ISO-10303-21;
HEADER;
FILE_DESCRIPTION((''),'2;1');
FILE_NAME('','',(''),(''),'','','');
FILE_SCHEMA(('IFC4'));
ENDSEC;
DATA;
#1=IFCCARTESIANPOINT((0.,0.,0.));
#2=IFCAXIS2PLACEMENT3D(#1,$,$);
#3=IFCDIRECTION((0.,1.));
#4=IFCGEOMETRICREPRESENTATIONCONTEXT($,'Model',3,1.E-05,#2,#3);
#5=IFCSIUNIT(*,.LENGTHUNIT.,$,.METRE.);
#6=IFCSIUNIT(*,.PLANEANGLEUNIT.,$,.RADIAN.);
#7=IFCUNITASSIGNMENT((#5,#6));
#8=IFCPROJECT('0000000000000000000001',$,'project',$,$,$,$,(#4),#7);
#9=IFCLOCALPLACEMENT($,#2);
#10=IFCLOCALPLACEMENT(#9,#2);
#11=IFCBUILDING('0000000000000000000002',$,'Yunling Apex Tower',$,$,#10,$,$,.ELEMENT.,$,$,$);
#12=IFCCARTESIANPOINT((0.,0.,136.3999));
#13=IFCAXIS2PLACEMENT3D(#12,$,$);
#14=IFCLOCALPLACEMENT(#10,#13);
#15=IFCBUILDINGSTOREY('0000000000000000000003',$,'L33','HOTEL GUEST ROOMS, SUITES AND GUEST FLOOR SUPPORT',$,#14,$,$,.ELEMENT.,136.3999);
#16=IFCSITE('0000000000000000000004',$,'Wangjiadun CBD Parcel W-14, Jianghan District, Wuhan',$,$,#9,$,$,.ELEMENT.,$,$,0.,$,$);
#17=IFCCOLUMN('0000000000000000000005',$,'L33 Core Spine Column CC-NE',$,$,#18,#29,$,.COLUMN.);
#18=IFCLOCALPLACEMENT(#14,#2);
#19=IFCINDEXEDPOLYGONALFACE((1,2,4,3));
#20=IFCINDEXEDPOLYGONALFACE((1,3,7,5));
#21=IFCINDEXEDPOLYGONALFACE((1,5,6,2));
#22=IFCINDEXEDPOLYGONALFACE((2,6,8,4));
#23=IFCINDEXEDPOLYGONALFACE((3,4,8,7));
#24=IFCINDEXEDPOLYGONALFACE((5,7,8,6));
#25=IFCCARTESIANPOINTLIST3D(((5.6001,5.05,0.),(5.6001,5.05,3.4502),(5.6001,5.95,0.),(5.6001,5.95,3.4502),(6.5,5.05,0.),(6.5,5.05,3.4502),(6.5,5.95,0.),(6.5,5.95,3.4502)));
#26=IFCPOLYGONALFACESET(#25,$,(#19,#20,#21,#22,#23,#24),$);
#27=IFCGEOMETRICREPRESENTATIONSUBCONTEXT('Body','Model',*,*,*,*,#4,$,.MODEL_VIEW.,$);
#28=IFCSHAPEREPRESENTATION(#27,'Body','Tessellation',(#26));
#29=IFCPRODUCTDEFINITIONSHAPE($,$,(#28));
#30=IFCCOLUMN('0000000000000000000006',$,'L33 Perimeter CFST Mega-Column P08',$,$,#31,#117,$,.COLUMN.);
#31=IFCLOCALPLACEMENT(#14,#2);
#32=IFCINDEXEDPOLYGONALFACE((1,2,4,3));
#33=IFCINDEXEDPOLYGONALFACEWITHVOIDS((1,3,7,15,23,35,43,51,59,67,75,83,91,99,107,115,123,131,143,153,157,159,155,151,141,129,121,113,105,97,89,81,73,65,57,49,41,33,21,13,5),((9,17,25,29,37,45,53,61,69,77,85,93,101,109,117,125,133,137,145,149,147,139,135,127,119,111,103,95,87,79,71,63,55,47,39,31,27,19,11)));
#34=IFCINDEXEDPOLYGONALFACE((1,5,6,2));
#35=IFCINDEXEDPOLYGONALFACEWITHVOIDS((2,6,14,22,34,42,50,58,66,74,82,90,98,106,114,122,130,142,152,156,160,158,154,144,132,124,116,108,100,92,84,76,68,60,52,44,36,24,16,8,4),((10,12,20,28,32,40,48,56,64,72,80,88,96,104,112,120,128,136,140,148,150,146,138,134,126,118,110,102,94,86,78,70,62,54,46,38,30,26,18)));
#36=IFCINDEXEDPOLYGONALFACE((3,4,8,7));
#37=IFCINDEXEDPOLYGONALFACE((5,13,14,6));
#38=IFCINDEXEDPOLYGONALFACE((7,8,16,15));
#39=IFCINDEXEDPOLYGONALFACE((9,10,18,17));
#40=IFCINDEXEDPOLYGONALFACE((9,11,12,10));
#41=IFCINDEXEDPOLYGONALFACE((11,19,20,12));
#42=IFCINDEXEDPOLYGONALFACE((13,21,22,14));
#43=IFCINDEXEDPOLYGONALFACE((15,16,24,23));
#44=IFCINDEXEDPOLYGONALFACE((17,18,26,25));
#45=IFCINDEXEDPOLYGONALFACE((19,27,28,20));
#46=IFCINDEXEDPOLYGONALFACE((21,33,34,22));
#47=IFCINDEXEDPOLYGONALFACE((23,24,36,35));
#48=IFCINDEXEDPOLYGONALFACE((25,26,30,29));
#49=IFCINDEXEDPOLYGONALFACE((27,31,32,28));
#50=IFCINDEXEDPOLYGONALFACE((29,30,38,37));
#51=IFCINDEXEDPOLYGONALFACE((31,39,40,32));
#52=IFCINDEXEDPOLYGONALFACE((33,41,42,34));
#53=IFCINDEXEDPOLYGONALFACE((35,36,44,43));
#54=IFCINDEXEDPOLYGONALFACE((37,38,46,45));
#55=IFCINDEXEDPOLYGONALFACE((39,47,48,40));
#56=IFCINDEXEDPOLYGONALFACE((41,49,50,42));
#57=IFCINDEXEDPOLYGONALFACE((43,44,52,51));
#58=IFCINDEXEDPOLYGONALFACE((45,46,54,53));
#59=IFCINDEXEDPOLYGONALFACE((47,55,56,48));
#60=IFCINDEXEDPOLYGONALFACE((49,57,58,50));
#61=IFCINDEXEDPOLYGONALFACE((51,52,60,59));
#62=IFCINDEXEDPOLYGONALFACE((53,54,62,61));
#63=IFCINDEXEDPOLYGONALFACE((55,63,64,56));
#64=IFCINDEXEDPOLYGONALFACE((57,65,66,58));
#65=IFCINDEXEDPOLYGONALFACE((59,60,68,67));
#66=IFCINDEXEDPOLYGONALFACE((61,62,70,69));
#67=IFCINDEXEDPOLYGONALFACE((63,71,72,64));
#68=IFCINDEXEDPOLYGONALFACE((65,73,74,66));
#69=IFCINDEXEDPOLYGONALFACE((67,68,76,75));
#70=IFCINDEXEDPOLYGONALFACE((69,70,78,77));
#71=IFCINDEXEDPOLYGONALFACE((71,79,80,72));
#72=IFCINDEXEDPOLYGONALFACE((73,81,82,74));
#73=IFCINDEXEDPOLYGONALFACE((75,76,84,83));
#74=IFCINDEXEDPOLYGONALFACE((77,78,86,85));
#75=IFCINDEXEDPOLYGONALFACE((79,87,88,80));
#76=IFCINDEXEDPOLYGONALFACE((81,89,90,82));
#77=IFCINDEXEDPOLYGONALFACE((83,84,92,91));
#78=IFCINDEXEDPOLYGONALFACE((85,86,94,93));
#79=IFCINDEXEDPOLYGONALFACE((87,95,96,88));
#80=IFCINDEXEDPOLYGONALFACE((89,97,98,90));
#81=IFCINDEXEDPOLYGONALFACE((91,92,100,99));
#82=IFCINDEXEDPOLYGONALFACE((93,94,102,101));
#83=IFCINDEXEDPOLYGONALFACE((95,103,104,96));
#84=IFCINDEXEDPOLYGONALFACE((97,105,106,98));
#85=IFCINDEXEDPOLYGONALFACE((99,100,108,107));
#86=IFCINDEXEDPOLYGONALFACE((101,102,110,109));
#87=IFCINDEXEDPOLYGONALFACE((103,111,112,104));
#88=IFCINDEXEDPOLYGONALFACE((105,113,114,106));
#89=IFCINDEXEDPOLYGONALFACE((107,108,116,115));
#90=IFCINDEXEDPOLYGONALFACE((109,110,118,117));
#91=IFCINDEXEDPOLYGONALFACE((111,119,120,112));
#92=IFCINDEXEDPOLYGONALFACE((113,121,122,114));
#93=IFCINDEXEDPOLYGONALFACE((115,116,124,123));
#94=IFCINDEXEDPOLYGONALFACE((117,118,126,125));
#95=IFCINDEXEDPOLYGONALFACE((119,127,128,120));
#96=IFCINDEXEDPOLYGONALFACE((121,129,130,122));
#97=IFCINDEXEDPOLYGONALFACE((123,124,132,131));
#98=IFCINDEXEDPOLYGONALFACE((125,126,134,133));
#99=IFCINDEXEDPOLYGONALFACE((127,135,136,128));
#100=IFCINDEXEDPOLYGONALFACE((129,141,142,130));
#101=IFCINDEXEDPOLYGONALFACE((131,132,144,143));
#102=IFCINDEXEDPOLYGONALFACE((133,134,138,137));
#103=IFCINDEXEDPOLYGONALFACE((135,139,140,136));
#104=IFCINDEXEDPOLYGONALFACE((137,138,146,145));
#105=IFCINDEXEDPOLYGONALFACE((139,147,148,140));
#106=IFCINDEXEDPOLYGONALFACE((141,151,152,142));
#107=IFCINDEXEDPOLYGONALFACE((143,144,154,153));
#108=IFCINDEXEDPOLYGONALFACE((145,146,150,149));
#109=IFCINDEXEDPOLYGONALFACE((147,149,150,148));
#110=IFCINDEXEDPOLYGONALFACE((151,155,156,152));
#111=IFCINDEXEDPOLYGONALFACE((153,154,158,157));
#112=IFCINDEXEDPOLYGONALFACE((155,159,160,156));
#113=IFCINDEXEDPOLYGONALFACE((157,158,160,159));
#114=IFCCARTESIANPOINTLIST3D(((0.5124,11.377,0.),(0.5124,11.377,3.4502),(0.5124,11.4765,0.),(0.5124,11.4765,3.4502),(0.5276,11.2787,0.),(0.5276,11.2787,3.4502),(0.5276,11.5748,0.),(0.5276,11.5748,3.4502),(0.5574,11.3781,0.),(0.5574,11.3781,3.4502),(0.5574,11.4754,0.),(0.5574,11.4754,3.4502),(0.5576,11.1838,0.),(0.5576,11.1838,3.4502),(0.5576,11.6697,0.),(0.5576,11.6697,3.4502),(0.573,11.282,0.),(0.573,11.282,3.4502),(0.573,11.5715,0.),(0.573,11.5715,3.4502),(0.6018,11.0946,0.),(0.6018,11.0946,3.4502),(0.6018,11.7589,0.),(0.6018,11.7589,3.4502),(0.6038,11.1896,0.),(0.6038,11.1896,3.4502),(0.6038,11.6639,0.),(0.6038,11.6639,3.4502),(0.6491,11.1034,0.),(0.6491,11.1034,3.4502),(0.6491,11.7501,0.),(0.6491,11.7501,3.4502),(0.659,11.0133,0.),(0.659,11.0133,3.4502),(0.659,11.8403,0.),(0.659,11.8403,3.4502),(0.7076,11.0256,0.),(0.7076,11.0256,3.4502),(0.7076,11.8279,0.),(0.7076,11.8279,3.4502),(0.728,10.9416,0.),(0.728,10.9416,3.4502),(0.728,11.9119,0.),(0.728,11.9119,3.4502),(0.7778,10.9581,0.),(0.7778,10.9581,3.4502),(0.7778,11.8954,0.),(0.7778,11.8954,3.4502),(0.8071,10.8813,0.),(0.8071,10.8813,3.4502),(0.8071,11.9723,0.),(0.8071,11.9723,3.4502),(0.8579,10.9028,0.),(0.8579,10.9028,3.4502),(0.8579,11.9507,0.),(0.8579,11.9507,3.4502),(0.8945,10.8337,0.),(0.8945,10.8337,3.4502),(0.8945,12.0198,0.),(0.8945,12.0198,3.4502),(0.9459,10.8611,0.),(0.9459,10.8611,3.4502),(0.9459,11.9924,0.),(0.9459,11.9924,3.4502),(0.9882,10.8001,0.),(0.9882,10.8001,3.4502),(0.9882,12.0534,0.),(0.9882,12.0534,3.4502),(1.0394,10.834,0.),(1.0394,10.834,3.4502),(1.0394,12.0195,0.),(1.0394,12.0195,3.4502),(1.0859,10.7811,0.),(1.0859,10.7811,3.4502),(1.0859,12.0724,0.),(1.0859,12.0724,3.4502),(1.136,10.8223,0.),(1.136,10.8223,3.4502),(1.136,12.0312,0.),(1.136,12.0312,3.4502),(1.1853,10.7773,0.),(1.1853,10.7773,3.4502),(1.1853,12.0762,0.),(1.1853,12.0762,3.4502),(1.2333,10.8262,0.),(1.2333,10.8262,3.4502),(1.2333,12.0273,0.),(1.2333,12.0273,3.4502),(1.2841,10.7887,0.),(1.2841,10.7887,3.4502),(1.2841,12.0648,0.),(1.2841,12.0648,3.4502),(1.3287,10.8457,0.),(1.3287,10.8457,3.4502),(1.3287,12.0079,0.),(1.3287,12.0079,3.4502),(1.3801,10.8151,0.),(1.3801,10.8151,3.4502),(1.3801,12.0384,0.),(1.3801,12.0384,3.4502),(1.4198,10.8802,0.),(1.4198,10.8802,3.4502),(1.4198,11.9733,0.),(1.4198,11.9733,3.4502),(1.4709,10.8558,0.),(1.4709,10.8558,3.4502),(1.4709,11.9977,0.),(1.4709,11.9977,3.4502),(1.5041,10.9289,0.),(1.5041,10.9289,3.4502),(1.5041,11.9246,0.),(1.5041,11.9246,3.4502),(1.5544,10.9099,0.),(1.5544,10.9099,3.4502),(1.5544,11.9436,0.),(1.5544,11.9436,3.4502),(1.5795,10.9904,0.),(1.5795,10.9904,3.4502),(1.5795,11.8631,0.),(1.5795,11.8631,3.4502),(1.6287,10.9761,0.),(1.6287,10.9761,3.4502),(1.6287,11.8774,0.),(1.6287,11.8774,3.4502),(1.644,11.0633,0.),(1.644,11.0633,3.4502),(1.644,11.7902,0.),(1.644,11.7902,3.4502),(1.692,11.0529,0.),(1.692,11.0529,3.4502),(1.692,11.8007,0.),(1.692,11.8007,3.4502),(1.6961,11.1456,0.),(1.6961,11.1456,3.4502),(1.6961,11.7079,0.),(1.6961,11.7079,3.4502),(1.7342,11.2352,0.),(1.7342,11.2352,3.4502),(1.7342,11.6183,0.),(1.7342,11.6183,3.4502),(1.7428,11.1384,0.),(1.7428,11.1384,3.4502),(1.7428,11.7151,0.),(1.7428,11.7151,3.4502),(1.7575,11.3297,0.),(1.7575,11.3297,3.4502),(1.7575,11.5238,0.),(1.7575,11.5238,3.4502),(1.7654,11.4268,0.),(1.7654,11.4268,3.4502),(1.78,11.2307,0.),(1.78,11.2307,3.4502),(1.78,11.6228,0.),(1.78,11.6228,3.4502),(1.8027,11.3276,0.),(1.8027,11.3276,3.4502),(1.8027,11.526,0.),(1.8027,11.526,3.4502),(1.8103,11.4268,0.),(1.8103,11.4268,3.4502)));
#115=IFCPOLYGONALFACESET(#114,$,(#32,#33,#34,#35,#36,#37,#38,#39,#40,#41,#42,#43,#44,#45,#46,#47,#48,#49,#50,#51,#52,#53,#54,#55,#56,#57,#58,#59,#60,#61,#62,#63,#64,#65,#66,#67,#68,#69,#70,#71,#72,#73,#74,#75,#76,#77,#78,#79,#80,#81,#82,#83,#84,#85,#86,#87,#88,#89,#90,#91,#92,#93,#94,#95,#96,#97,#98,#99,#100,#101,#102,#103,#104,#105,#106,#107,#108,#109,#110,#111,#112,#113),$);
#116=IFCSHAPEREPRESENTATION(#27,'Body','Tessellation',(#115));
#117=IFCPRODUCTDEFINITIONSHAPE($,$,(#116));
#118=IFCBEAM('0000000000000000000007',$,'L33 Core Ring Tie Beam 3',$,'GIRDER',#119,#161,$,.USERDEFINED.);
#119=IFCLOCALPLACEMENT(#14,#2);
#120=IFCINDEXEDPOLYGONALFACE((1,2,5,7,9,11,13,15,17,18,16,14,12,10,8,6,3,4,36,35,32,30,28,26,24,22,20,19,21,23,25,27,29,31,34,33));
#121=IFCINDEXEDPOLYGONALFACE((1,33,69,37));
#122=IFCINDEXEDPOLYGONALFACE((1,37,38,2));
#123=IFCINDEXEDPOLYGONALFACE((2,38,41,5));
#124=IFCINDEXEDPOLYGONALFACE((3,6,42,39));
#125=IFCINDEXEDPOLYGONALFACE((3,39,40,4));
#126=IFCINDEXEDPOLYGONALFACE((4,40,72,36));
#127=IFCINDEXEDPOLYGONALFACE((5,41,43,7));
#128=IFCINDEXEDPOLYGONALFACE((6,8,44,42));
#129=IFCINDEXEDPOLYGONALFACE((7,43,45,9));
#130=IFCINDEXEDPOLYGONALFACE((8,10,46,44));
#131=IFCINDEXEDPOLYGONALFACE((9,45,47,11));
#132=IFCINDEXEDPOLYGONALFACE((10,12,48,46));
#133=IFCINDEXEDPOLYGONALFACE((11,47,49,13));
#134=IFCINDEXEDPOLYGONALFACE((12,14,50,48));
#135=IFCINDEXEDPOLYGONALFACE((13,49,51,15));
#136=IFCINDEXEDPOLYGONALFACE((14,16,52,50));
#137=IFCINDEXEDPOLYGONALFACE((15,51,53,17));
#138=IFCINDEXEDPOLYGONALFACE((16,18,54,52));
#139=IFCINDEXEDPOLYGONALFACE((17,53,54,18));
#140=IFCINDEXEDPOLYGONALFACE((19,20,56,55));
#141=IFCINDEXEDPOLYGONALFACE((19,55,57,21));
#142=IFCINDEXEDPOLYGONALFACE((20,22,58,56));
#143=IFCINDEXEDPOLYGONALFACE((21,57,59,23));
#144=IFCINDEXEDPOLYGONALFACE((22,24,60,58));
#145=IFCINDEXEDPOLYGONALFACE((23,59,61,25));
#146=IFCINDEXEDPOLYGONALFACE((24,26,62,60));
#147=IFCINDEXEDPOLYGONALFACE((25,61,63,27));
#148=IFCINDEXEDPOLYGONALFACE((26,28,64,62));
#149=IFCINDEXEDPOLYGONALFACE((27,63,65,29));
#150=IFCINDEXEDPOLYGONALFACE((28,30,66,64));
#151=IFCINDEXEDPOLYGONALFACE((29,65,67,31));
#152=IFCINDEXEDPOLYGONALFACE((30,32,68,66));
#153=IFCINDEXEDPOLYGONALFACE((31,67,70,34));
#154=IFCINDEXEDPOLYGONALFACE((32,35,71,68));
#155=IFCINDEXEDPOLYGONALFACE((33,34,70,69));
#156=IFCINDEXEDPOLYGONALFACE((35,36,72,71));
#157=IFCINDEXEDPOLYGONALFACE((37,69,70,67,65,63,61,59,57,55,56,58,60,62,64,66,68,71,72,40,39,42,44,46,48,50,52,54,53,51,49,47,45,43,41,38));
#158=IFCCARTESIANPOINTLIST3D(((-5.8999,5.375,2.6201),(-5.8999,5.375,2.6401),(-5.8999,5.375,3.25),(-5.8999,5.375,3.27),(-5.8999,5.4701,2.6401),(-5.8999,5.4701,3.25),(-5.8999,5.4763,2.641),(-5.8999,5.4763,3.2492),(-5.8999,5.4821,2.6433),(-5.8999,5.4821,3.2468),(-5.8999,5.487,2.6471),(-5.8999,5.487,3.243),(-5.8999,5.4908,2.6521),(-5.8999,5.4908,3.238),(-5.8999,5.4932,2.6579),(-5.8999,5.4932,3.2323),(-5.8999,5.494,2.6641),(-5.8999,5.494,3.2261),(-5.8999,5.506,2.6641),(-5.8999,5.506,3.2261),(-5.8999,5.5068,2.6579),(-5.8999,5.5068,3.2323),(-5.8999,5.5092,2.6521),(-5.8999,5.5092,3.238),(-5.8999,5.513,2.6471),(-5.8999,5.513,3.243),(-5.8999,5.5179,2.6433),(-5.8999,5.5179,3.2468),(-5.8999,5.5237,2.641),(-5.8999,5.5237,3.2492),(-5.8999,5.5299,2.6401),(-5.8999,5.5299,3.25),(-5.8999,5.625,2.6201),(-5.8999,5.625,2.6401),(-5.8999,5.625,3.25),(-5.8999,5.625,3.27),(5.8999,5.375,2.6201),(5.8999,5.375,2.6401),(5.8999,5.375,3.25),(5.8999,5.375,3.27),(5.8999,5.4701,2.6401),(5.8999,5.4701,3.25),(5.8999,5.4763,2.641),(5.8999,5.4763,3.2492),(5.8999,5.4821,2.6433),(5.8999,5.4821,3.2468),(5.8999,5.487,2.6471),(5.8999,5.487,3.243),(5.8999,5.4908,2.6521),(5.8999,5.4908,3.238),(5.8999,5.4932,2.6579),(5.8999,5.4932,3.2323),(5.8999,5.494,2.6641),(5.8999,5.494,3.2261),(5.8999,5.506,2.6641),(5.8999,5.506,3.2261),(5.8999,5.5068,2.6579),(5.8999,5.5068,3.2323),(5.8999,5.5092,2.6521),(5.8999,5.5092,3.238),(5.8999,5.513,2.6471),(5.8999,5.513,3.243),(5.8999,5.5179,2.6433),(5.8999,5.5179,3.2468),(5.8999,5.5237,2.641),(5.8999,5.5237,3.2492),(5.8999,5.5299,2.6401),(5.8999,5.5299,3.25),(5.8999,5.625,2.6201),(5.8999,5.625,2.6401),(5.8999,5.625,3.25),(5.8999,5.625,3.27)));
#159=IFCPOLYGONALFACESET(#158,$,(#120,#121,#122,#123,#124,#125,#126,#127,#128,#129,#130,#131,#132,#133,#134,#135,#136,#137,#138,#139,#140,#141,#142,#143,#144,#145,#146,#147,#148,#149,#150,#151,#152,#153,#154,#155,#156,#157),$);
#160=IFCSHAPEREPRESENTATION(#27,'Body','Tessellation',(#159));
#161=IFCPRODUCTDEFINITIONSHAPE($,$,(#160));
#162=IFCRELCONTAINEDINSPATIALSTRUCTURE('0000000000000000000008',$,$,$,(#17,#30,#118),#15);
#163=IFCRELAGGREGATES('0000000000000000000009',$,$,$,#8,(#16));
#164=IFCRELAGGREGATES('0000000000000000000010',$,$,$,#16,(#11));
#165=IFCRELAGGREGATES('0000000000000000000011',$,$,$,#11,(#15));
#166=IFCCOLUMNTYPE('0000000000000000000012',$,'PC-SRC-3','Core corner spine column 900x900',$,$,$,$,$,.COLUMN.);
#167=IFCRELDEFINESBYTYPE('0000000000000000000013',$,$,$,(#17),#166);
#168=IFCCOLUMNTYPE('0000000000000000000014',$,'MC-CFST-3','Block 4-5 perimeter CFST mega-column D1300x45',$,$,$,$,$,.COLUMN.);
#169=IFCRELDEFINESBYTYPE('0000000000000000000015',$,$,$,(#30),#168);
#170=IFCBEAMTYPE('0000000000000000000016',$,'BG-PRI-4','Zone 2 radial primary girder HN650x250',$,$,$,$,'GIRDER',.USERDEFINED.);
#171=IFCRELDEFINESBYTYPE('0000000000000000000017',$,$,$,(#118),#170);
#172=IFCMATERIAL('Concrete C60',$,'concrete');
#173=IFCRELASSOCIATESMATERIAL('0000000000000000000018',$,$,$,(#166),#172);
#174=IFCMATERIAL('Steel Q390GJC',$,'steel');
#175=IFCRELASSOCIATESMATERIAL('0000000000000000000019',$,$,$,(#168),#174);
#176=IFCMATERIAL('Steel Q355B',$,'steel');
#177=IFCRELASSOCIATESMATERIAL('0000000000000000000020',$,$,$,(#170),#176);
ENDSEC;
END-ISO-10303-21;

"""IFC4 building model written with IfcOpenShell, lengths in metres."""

from ifc_helpers import new_model, si_unit, direction, frame, origin, origin_2d, place, context, subcontext, project, spatial, rectangle, hollow_circle, i_section, extrude, source, transform, mapped, material, material_profile, profile_set, type_object, element, save


model = new_model("IFC4")

# Units and contexts
model_context = context("Model", 3, precision=1e-05, world=origin(), true_north=direction((0.0, 1.0)))
body_context = subcontext(model_context, "Body", "Model", "MODEL_VIEW")
ifc_project = project(units=[si_unit("LENGTHUNIT", "METRE"), si_unit("PLANEANGLEUNIT", "RADIAN")], contexts=[model_context])

# Site, building, storey
site_placement = place(None, origin())
site = spatial("IfcSite", under=ifc_project, at=site_placement, Name="Wangjiadun CBD Parcel W-14, Jianghan District, Wuhan", CompositionType="ELEMENT", RefElevation=0.0)
building_placement = place(site_placement, origin())
building = spatial("IfcBuilding", under=site, at=building_placement, Name="Yunling Apex Tower", CompositionType="ELEMENT")
storey_placement = place(building_placement, frame((0.0, 0.0, 136.3999)))
storey = spatial("IfcBuildingStorey", under=building, at=storey_placement, Name="L33", Description="HOTEL GUEST ROOMS, SUITES AND GUEST FLOOR SUPPORT", CompositionType="ELEMENT", Elevation=136.3999)

# Columns
ifc_material_1 = material(Name="Concrete C60", Category="concrete")
ifc_material_profile_1 = material_profile(ifc_material_1, rectangle(XDim=0.8999, YDim=0.8999, at=origin_2d()))
ifc_profile_set_1 = profile_set([ifc_material_profile_1], Name="Concrete C60")
column_type_1 = type_object("IfcColumnType", Name="PC-SRC-3", Description="Core corner spine column 900x900", PredefinedType="COLUMN", material=ifc_profile_set_1)
shared_shape_1 = source(origin(), body_context, "Body", "SweptSolid", [
    extrude(rectangle(XDim=0.8999, YDim=0.8999, at=origin_2d()), origin(), (0.0, 0.0, 1.0), 3.4502),
])
column_1_placement = place(storey_placement, frame((6.05, 5.5, 0.0), z_axis=(0.0, 0.0, 1.0), x_axis=(1.0, 0.0, 0.0)))
element("IfcColumn", 1, at=column_1_placement, inside=storey, type_object=column_type_1, Name="L33 Core Spine Column CC-NE", PredefinedType="COLUMN", context=body_context, shape_type="MappedRepresentation", body=[
    mapped(shared_shape_1, transform((0.0, 0.0, 0.0), scale=1.0)),
])
ifc_material_2 = material(Name="Steel Q390GJC", Category="steel")
ifc_material_profile_2 = material_profile(ifc_material_2, hollow_circle(Radius=0.6499, WallThickness=0.0449, at=origin_2d()))
ifc_profile_set_2 = profile_set([ifc_material_profile_2], Name="Steel Q390GJC")
column_type_2 = type_object("IfcColumnType", Name="MC-CFST-3", Description="Block 4-5 perimeter CFST mega-column D1300x45", PredefinedType="COLUMN", material=ifc_profile_set_2)
shared_shape_2 = source(origin(), body_context, "Body", "SweptSolid", [
    extrude(hollow_circle(Radius=0.6499, WallThickness=0.0449, at=origin_2d()), origin(), (0.0, 0.0, 1.0), 3.4502),
])
column_2_placement = place(storey_placement, frame((1.1604, 11.4268, 0.0), z_axis=(0.0, 0.0, 1.0), x_axis=(1.0, 0.0, 0.0)))
element("IfcColumn", 2, at=column_2_placement, inside=storey, type_object=column_type_2, Name="L33 Perimeter CFST Mega-Column P08", PredefinedType="COLUMN", context=body_context, shape_type="MappedRepresentation", body=[
    mapped(shared_shape_2, transform((0.0, 0.0, 0.0), scale=1.0)),
])

# Beam
ifc_material_3 = material(Name="Steel Q355B", Category="steel")
ifc_material_profile_3 = material_profile(ifc_material_3, i_section(OverallWidth=0.25, OverallDepth=0.6499, WebThickness=0.012, FlangeThickness=0.02, FilletRadius=0.0239, at=origin_2d()))
ifc_profile_set_3 = profile_set([ifc_material_profile_3], Name="Steel Q355B")
beam_type_1 = type_object("IfcBeamType", Name="BG-PRI-4", Description="Zone 2 radial primary girder HN650x250", ElementType="GIRDER", PredefinedType="USERDEFINED", material=ifc_profile_set_3)
shared_shape_3 = source(origin(), body_context, "Body", "SweptSolid", [
    extrude(i_section(OverallWidth=0.25, OverallDepth=0.6499, WebThickness=0.012, FlangeThickness=0.02, FilletRadius=0.0239, at=origin_2d()), origin(), (0.0, 0.0, 1.0), 11.7998),
])
beam_1_placement = place(storey_placement, frame((5.8999, 5.5, 2.9451), z_axis=(-1.0, 0.0, 0.0), x_axis=(0.0, -1.0, 0.0)))
element("IfcBeam", 3, at=beam_1_placement, inside=storey, type_object=beam_type_1, Name="L33 Core Ring Tie Beam 3", ObjectType="GIRDER", PredefinedType="USERDEFINED", context=body_context, shape_type="MappedRepresentation", body=[
    mapped(shared_shape_3, transform((0.0, 0.0, 0.0), scale=1.0)),
])

save(model, "model.ifc")
